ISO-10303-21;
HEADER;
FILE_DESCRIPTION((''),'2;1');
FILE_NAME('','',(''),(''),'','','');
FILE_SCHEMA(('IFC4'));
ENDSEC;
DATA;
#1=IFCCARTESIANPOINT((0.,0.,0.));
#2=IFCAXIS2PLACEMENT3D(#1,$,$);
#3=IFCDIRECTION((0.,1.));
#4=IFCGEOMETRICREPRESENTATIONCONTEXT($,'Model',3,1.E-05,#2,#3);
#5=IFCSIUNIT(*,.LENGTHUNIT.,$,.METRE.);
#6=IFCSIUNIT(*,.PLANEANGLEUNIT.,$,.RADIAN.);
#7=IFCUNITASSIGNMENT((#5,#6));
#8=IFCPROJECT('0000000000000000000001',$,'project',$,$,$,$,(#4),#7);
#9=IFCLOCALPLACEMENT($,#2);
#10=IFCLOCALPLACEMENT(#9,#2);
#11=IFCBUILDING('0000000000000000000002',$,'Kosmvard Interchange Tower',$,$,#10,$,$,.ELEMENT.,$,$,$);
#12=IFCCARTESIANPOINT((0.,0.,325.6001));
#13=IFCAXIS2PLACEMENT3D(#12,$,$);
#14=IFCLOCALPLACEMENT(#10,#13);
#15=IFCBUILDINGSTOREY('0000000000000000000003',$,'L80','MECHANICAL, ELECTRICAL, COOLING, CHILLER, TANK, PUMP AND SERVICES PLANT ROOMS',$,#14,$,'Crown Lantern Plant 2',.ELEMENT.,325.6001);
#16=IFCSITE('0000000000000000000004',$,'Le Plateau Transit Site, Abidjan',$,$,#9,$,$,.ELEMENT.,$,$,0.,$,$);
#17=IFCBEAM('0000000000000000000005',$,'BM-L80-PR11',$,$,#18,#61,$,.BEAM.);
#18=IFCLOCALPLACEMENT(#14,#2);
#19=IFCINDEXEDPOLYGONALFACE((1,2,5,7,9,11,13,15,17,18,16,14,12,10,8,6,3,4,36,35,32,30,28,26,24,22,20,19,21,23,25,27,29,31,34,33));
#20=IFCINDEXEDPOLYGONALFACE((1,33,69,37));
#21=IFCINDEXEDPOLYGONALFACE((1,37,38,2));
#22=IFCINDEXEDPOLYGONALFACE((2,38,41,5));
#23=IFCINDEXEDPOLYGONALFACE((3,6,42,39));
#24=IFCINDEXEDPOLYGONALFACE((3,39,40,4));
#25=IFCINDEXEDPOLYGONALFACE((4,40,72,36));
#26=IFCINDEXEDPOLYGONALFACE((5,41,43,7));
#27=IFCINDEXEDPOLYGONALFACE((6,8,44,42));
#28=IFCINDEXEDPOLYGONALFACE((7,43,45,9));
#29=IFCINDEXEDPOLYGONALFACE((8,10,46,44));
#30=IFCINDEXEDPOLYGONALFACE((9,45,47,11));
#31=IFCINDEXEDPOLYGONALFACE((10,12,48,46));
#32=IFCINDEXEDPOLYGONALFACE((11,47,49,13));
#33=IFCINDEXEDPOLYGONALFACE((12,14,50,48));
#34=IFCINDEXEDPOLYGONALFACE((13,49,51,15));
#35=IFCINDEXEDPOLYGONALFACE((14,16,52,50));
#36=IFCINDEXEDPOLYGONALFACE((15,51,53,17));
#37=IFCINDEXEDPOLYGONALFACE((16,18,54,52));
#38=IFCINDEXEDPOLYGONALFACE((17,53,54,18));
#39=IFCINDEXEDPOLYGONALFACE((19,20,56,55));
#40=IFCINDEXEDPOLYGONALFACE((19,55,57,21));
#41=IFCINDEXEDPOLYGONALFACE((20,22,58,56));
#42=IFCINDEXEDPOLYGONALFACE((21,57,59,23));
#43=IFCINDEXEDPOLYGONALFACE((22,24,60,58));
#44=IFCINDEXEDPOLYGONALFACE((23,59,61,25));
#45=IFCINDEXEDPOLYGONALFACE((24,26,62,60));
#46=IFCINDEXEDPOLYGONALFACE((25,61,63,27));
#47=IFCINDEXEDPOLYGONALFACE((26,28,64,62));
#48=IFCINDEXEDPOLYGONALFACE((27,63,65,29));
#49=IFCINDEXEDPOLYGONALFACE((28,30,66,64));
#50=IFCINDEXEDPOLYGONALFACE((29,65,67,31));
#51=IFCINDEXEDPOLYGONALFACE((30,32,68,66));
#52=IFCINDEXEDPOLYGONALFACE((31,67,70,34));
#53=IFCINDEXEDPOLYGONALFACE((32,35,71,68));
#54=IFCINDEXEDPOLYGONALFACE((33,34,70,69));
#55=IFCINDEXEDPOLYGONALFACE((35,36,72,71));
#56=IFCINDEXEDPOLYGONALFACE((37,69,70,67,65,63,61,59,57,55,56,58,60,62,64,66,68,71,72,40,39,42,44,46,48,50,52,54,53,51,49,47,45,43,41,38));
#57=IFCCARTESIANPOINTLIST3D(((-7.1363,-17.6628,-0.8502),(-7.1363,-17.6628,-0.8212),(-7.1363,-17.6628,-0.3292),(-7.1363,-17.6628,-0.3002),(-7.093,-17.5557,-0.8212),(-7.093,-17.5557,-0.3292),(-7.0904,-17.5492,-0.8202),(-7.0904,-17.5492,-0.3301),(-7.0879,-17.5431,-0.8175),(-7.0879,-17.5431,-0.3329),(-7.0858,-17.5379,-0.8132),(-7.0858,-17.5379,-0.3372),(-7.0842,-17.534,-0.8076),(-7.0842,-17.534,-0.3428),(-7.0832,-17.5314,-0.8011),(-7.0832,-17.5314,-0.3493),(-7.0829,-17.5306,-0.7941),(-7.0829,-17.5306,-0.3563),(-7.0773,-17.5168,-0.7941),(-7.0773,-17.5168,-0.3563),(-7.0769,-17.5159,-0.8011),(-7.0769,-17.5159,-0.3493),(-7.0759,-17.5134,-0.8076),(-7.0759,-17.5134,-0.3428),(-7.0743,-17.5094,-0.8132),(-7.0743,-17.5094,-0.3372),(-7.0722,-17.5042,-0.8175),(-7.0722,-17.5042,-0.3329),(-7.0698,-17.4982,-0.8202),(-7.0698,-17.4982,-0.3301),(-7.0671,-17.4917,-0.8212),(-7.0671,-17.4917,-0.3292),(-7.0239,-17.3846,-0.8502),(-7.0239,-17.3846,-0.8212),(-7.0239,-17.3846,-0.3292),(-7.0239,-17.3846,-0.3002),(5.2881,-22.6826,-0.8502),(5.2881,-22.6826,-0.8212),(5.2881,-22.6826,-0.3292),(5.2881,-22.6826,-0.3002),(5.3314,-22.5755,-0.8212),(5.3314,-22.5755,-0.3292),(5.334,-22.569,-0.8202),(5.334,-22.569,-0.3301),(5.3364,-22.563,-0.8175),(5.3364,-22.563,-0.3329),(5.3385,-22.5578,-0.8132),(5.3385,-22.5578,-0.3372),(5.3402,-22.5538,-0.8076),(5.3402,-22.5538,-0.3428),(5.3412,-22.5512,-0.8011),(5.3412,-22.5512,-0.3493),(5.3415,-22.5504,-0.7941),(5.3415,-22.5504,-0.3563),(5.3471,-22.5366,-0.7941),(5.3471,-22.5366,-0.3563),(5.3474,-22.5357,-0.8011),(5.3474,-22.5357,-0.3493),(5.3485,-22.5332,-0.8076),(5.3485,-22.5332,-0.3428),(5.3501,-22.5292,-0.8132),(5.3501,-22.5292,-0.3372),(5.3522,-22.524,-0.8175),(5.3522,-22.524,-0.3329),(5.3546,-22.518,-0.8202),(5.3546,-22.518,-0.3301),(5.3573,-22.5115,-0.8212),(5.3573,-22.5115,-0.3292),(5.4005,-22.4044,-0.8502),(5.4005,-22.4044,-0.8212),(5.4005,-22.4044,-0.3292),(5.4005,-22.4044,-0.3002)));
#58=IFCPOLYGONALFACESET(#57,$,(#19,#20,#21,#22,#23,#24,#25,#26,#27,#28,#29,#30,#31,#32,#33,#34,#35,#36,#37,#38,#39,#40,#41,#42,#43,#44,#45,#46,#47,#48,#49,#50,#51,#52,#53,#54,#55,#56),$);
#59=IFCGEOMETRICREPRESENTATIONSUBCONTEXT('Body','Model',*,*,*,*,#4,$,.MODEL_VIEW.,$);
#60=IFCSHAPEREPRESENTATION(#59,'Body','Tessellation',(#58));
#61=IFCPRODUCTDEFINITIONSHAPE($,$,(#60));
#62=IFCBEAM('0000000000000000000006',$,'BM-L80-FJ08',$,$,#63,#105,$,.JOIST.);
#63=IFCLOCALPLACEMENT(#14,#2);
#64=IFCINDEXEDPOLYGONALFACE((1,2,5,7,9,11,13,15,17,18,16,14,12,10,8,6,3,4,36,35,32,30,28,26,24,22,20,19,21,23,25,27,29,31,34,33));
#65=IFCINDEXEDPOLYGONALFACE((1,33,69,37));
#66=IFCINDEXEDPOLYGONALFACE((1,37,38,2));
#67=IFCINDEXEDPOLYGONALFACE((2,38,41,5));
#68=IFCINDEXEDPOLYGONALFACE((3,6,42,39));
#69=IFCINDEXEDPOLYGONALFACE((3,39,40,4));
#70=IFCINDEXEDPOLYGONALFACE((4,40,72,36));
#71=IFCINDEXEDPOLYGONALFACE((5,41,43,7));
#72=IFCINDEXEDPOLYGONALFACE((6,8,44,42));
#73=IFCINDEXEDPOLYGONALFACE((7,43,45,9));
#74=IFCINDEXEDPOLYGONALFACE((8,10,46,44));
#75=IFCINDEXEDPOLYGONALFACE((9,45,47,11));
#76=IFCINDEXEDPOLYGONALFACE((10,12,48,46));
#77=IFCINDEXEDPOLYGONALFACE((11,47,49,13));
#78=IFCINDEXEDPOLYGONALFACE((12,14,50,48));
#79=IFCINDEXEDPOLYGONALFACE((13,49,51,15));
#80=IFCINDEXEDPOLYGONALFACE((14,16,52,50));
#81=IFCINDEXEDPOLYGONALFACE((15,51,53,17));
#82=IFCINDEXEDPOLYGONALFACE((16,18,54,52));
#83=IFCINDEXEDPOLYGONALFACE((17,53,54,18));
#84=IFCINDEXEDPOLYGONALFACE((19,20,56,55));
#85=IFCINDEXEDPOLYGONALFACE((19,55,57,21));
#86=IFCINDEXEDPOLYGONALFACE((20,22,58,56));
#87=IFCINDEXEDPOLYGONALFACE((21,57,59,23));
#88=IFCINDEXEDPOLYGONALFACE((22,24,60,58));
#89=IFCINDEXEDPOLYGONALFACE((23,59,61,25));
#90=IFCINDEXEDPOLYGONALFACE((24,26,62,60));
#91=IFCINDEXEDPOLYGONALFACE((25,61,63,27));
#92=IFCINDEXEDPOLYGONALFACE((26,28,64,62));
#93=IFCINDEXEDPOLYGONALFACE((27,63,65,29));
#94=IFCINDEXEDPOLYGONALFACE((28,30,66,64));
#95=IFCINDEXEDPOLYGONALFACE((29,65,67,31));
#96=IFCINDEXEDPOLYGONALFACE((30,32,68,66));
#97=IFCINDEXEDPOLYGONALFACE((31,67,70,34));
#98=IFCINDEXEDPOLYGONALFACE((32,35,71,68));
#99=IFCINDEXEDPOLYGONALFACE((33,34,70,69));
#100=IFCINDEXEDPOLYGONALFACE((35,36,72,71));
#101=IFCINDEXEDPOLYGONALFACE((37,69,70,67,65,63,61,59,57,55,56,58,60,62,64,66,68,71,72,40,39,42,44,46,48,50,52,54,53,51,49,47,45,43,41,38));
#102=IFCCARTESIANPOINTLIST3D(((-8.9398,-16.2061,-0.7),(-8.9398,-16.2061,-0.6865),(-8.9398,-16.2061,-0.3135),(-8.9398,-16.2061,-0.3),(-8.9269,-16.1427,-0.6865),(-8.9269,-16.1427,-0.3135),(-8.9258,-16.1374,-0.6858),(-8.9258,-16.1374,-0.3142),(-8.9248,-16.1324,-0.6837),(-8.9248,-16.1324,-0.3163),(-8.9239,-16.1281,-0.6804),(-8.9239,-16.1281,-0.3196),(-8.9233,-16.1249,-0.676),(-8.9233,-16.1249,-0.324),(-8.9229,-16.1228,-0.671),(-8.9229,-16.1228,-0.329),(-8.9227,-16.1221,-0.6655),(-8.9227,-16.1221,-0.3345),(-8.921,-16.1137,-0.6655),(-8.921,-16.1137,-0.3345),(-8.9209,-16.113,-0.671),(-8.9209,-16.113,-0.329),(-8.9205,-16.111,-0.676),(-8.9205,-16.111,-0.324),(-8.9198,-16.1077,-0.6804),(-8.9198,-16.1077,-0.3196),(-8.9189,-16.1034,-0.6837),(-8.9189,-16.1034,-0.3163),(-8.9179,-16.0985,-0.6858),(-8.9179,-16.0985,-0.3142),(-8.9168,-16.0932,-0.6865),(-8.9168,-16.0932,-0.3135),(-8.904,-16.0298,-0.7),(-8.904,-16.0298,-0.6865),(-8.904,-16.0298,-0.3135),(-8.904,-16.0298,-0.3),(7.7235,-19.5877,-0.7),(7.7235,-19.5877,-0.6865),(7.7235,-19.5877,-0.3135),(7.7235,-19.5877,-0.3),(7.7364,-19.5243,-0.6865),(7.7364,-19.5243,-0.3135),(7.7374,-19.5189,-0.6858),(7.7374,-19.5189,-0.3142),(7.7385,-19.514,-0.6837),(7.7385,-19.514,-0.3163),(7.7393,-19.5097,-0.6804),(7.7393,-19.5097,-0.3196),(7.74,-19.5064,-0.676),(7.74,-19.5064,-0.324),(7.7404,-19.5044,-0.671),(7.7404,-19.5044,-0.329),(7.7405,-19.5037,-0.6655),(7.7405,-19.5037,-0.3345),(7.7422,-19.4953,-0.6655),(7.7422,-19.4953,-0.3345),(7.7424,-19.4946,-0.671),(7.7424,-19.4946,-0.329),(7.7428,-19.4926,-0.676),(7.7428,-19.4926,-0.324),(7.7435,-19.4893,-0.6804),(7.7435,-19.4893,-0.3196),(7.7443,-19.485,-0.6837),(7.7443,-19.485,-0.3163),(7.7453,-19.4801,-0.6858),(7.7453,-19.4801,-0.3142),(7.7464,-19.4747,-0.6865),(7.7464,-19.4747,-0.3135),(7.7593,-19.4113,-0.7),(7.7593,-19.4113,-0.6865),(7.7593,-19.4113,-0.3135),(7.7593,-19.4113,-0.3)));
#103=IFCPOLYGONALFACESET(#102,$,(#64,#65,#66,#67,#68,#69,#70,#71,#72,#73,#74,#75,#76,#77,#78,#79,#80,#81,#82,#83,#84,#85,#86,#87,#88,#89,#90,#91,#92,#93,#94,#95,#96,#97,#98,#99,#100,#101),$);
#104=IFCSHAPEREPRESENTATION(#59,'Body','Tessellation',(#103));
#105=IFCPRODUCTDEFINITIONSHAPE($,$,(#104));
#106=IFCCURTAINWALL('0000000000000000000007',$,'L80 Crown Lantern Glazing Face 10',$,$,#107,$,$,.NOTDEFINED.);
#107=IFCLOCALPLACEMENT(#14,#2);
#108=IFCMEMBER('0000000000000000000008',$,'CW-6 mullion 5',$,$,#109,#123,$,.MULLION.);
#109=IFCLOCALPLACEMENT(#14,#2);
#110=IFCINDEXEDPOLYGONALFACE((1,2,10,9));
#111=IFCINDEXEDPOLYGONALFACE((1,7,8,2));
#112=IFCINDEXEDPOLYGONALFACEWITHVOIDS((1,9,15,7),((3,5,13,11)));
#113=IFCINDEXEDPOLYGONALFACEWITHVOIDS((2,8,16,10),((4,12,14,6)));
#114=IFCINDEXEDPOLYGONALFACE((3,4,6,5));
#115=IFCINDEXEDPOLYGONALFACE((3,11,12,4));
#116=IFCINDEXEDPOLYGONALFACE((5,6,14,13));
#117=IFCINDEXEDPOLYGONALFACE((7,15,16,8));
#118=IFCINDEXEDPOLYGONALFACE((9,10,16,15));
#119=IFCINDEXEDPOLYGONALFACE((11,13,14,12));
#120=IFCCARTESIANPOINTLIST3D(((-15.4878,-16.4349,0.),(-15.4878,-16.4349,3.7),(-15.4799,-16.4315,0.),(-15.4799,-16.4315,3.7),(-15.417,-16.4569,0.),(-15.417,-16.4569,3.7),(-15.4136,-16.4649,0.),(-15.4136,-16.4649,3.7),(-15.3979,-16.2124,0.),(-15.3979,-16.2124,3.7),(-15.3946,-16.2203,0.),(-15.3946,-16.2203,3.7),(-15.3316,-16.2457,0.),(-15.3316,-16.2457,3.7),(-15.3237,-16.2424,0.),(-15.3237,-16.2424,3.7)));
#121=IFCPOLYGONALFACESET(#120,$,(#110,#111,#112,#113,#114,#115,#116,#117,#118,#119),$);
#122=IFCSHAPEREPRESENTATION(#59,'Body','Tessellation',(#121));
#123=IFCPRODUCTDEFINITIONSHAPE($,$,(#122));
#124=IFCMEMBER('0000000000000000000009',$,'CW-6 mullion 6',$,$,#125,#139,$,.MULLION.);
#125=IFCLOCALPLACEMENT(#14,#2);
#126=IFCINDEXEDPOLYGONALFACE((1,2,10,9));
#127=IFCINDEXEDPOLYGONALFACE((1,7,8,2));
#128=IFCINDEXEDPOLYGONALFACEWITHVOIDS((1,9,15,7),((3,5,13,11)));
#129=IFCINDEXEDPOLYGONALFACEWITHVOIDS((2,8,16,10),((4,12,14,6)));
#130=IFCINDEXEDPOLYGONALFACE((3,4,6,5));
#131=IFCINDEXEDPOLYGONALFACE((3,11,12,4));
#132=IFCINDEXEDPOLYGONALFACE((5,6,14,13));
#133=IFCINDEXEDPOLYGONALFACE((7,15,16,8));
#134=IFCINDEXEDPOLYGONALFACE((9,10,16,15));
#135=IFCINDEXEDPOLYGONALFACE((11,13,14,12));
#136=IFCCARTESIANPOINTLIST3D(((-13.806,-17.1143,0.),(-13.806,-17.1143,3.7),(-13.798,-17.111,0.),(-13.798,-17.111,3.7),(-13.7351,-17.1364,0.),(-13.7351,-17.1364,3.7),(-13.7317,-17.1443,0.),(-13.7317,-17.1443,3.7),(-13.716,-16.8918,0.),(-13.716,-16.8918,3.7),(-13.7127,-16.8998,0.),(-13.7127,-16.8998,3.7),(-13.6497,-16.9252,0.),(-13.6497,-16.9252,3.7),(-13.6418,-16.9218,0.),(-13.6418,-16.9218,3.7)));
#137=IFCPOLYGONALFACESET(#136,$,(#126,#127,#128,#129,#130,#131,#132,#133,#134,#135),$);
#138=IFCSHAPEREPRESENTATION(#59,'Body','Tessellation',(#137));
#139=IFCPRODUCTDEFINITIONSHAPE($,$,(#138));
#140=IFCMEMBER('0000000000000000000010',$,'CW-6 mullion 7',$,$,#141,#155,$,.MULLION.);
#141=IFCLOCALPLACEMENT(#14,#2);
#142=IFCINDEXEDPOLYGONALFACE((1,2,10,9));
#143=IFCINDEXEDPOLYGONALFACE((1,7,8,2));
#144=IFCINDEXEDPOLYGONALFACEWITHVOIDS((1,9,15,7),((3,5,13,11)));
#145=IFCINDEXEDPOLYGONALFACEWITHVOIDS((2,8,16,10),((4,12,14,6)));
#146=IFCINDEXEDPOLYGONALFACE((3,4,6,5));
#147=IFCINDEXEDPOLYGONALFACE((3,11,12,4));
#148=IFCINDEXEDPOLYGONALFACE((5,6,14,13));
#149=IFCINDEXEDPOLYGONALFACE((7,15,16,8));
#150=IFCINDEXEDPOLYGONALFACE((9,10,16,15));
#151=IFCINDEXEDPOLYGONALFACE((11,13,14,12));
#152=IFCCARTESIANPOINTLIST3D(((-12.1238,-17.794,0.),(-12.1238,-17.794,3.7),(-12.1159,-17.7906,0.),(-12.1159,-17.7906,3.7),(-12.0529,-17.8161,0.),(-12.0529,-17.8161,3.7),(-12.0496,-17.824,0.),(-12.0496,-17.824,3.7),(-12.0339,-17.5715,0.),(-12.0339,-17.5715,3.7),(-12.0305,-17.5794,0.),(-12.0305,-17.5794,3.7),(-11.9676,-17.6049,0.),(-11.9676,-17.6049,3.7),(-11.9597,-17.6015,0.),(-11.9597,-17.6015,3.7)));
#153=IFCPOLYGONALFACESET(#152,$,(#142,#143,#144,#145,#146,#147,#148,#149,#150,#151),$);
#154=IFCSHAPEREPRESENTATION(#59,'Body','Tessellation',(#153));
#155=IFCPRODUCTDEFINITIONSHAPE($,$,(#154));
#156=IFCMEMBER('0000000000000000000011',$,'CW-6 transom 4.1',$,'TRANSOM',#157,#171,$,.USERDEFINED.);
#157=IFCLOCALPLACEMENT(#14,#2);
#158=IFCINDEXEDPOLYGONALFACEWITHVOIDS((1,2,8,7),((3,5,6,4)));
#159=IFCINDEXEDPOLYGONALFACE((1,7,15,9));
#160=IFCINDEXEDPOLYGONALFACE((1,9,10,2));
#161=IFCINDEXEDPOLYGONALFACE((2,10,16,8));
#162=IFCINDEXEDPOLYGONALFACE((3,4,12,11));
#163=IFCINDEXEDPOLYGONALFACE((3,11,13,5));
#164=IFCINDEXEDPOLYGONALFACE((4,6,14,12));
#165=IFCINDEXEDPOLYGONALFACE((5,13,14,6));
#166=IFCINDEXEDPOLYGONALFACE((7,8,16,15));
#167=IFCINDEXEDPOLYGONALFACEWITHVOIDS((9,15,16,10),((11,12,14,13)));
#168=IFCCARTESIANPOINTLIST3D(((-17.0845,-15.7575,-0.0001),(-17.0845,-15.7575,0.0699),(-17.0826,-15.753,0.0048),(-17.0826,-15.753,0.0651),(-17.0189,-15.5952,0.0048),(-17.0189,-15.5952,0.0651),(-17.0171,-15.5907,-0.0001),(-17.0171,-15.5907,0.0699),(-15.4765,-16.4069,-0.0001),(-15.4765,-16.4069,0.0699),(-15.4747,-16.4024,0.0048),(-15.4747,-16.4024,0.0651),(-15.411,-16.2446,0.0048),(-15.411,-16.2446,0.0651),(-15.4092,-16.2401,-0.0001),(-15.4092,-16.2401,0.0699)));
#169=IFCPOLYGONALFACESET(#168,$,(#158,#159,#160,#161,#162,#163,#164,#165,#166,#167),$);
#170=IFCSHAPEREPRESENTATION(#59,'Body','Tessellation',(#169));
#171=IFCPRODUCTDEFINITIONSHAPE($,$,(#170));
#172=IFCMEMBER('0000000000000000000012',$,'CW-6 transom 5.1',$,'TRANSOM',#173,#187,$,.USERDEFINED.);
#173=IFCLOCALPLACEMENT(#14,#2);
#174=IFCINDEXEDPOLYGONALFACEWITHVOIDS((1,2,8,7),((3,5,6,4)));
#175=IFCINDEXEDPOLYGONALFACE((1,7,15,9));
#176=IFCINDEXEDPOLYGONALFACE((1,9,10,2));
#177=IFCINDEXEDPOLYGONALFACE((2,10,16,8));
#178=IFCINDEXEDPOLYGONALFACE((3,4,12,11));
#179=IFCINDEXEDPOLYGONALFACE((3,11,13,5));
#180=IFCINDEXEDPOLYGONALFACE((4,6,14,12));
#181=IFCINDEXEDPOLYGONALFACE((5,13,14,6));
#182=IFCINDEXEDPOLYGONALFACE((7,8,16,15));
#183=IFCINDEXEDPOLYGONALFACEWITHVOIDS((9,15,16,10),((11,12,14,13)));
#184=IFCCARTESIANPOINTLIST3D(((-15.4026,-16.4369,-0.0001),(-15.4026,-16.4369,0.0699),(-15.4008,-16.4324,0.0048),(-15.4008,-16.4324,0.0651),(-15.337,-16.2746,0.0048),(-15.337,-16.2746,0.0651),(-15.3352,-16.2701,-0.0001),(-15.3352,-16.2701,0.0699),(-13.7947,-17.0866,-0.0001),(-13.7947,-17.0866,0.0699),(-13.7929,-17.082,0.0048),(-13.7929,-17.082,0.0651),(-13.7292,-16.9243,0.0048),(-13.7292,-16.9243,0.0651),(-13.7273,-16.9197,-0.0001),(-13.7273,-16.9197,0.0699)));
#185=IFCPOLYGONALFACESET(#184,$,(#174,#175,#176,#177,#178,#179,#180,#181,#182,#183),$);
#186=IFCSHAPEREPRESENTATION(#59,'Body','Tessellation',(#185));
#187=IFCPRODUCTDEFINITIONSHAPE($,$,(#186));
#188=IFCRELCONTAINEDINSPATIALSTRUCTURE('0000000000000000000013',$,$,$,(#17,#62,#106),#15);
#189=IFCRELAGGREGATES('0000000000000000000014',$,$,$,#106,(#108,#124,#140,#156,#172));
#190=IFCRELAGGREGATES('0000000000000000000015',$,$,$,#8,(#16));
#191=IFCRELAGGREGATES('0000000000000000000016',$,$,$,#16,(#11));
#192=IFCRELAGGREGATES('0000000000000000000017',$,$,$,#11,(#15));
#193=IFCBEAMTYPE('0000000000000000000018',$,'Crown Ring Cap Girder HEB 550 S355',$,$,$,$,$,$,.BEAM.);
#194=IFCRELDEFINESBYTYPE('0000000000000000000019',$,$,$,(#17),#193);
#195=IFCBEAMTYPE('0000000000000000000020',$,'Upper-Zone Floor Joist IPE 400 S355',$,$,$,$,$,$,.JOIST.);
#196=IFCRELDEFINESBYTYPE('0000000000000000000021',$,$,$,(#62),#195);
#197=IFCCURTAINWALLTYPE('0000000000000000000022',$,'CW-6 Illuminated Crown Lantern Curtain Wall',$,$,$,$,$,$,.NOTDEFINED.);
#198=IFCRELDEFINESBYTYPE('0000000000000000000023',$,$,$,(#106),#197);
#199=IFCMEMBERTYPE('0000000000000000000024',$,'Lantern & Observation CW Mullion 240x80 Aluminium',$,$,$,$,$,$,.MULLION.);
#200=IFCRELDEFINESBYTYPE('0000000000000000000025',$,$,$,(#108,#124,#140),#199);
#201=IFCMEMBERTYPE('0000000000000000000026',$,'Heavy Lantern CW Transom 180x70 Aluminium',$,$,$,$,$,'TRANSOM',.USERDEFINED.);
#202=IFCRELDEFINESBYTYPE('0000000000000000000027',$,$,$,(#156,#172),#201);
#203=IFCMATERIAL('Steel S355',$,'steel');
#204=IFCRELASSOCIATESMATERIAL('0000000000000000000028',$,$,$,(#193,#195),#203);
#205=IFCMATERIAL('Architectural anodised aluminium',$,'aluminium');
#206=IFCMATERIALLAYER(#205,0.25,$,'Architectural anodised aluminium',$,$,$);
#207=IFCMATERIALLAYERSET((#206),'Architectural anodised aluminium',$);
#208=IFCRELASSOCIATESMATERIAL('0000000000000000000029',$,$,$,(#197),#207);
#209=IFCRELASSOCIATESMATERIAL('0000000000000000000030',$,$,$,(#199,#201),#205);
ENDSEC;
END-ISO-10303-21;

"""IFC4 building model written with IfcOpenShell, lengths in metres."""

from ifc_helpers import new_model, si_unit, direction, frame, origin, origin_2d, place, context, subcontext, project, spatial, hollow_rectangle, i_section, extrude, source, transform, mapped, material, layer, layer_set, material_profile, profile_set, type_object, element, aggregate, save


model = new_model("IFC4")

# Units and contexts
model_context = context("Model", 3, precision=1e-05, world=origin(), true_north=direction((0.0, 1.0)))
body_context = subcontext(model_context, "Body", "Model", "MODEL_VIEW")
ifc_project = project(units=[si_unit("LENGTHUNIT", "METRE"), si_unit("PLANEANGLEUNIT", "RADIAN")], contexts=[model_context])

# Site, building, storey
site_placement = place(None, origin())
site = spatial("IfcSite", under=ifc_project, at=site_placement, Name="Le Plateau Transit Site, Abidjan", CompositionType="ELEMENT", RefElevation=0.0)
building_placement = place(site_placement, origin())
building = spatial("IfcBuilding", under=site, at=building_placement, Name="Kosmvard Interchange Tower", CompositionType="ELEMENT")
storey_placement = place(building_placement, frame((0.0, 0.0, 325.6001)))
storey = spatial("IfcBuildingStorey", under=building, at=storey_placement, Name="L80", Description="MECHANICAL, ELECTRICAL, COOLING, CHILLER, TANK, PUMP AND SERVICES PLANT ROOMS", LongName="Crown Lantern Plant 2", CompositionType="ELEMENT", Elevation=325.6001)

# Shared definitions
ifc_material_1 = material(Name="Steel S355", Category="steel")

# Beams
ifc_material_profile_1 = material_profile(ifc_material_1, i_section(OverallWidth=0.3, OverallDepth=0.55, WebThickness=0.0149, FlangeThickness=0.0291, FilletRadius=0.0271, at=origin_2d()), Name="HEB 550")
ifc_profile_set_1 = profile_set([ifc_material_profile_1], Name="Steel S355")
beam_type_1 = type_object("IfcBeamType", Name="Crown Ring Cap Girder HEB 550 S355", PredefinedType="BEAM", material=ifc_profile_set_1)
shared_shape_1 = source(origin(), body_context, "Body", "SweptSolid", [
    extrude(i_section(OverallWidth=0.3, OverallDepth=0.55, WebThickness=0.0149, FlangeThickness=0.0291, FilletRadius=0.0271, at=origin_2d()), origin(), (0.0, 0.0, 1.0), 13.4001),
])
beam_1_placement = place(storey_placement, frame((-7.0801, -17.5237, -0.5752), z_axis=(0.927183, -0.374608, 0.0), x_axis=(0.374608, 0.927183, 0.0)))
element("IfcBeam", 1, at=beam_1_placement, inside=storey, type_object=beam_type_1, Name="BM-L80-PR11", PredefinedType="BEAM", context=body_context, shape_type="MappedRepresentation", body=[
    mapped(shared_shape_1, transform((0.0, 0.0, 0.0), scale=1.0)),
])
ifc_material_profile_2 = material_profile(ifc_material_1, i_section(OverallWidth=0.1799, OverallDepth=0.3999, WebThickness=0.0085, FlangeThickness=0.0134, FilletRadius=0.021, at=origin_2d()), Name="IPE 400")
ifc_profile_set_2 = profile_set([ifc_material_profile_2], Name="Steel S355")
beam_type_2 = type_object("IfcBeamType", Name="Upper-Zone Floor Joist IPE 400 S355", PredefinedType="JOIST", material=ifc_profile_set_2)
shared_shape_2 = source(origin(), body_context, "Body", "SweptSolid", [
    extrude(i_section(OverallWidth=0.1799, OverallDepth=0.3999, WebThickness=0.0085, FlangeThickness=0.0134, FilletRadius=0.021, at=origin_2d()), origin(), (0.0, 0.0, 1.0), 17.0029),
])
beam_2_placement = place(storey_placement, frame((-8.9219, -16.1179, -0.5), z_axis=(0.980023, -0.198882, 0.0), x_axis=(0.198882, 0.980023, 0.0)))
element("IfcBeam", 2, at=beam_2_placement, inside=storey, type_object=beam_type_2, Name="BM-L80-FJ08", PredefinedType="JOIST", context=body_context, shape_type="MappedRepresentation", body=[
    mapped(shared_shape_2, transform((0.0, 0.0, 0.0), scale=1.0)),
])

# Curtain wall, members
ifc_material_2 = material(Name="Architectural anodised aluminium", Category="aluminium")
ifc_layer_1 = layer(ifc_material_2, 0.25, Name="Architectural anodised aluminium")
ifc_layer_set_1 = layer_set([ifc_layer_1], Name="Architectural anodised aluminium")
curtain_wall_type = type_object("IfcCurtainWallType", Name="CW-6 Illuminated Crown Lantern Curtain Wall", PredefinedType="NOTDEFINED", material=ifc_layer_set_1)
curtain_wall_placement = place(storey_placement, origin())
curtain_wall = element("IfcCurtainWall", 3, at=curtain_wall_placement, inside=storey, type_object=curtain_wall_type, Name="L80 Crown Lantern Glazing Face 10", PredefinedType="NOTDEFINED")
ifc_material_profile_3 = material_profile(ifc_material_2, hollow_rectangle(XDim=0.24, YDim=0.0801, WallThickness=0.0061, at=origin_2d()), Name="CWM 240x80x6")
ifc_profile_set_3 = profile_set([ifc_material_profile_3], Name="Architectural anodised aluminium")
member_type_1 = type_object("IfcMemberType", Name="Lantern & Observation CW Mullion 240x80 Aluminium", PredefinedType="MULLION", material=ifc_profile_set_3)
shared_shape_3 = source(origin(), body_context, "Body", "SweptSolid", [
    extrude(hollow_rectangle(XDim=0.24, YDim=0.0801, WallThickness=0.0061, at=origin_2d()), origin(), (0.0, 0.0, 1.0), 3.7),
])
member_1_placement = place(storey_placement, frame((-15.4058, -16.3386, 0.0), z_axis=(0.0, 0.0, 1.0), x_axis=(0.374607, 0.927184, 0.0)))
member_1 = element("IfcMember", 4, at=member_1_placement, type_object=member_type_1, Name="CW-6 mullion 5", PredefinedType="MULLION", context=body_context, shape_type="MappedRepresentation", body=[
    mapped(shared_shape_3, transform((0.0, 0.0, 0.0), scale=1.0)),
])
member_2_placement = place(storey_placement, frame((-13.7239, -17.0181, 0.0), z_axis=(0.0, 0.0, 1.0), x_axis=(0.374607, 0.927184, 0.0)))
member_2 = element("IfcMember", 5, at=member_2_placement, type_object=member_type_1, Name="CW-6 mullion 6", PredefinedType="MULLION", context=body_context, shape_type="MappedRepresentation", body=[
    mapped(shared_shape_3, transform((0.0, 0.0, 0.0), scale=1.0)),
])
member_3_placement = place(storey_placement, frame((-12.0417, -17.6978, 0.0), z_axis=(0.0, 0.0, 1.0), x_axis=(0.374607, 0.927184, 0.0)))
member_3 = element("IfcMember", 6, at=member_3_placement, type_object=member_type_1, Name="CW-6 mullion 7", PredefinedType="MULLION", context=body_context, shape_type="MappedRepresentation", body=[
    mapped(shared_shape_3, transform((0.0, 0.0, 0.0), scale=1.0)),
])
ifc_material_profile_4 = material_profile(ifc_material_2, hollow_rectangle(XDim=0.1799, YDim=0.0701, WallThickness=0.0049, at=origin_2d()), Name="CWT 180x70x5")
ifc_profile_set_4 = profile_set([ifc_material_profile_4], Name="Architectural anodised aluminium")
member_type_2 = type_object("IfcMemberType", Name="Heavy Lantern CW Transom 180x70 Aluminium", ElementType="TRANSOM", PredefinedType="USERDEFINED", material=ifc_profile_set_4)
shared_shape_4 = source(origin(), body_context, "Body", "SweptSolid", [
    extrude(hollow_rectangle(XDim=0.1799, YDim=0.0701, WallThickness=0.0049, at=origin_2d()), origin(), (0.0, 0.0, 1.0), 1.7341),
])
member_4_placement = place(storey_placement, frame((-17.0508, -15.6741, 0.0349), z_axis=(0.927229, -0.374496, 0.0), x_axis=(0.374496, 0.927229, 0.0)))
member_4 = element("IfcMember", 7, at=member_4_placement, type_object=member_type_2, Name="CW-6 transom 4.1", ObjectType="TRANSOM", PredefinedType="USERDEFINED", context=body_context, shape_type="MappedRepresentation", body=[
    mapped(shared_shape_4, transform((0.0, 0.0, 0.0), scale=1.0)),
])
member_5_placement = place(storey_placement, frame((-15.3689, -16.3535, 0.0349), z_axis=(0.92718, -0.374617, 0.0), x_axis=(0.374617, 0.92718, 0.0)))
member_5 = element("IfcMember", 8, at=member_5_placement, type_object=member_type_2, Name="CW-6 transom 5.1", ObjectType="TRANSOM", PredefinedType="USERDEFINED", context=body_context, shape_type="MappedRepresentation", body=[
    mapped(shared_shape_4, transform((0.0, 0.0, 0.0), scale=1.0)),
])

aggregate(curtain_wall, [member_1, member_2, member_3, member_4, member_5])

save(model, "model.ifc")
